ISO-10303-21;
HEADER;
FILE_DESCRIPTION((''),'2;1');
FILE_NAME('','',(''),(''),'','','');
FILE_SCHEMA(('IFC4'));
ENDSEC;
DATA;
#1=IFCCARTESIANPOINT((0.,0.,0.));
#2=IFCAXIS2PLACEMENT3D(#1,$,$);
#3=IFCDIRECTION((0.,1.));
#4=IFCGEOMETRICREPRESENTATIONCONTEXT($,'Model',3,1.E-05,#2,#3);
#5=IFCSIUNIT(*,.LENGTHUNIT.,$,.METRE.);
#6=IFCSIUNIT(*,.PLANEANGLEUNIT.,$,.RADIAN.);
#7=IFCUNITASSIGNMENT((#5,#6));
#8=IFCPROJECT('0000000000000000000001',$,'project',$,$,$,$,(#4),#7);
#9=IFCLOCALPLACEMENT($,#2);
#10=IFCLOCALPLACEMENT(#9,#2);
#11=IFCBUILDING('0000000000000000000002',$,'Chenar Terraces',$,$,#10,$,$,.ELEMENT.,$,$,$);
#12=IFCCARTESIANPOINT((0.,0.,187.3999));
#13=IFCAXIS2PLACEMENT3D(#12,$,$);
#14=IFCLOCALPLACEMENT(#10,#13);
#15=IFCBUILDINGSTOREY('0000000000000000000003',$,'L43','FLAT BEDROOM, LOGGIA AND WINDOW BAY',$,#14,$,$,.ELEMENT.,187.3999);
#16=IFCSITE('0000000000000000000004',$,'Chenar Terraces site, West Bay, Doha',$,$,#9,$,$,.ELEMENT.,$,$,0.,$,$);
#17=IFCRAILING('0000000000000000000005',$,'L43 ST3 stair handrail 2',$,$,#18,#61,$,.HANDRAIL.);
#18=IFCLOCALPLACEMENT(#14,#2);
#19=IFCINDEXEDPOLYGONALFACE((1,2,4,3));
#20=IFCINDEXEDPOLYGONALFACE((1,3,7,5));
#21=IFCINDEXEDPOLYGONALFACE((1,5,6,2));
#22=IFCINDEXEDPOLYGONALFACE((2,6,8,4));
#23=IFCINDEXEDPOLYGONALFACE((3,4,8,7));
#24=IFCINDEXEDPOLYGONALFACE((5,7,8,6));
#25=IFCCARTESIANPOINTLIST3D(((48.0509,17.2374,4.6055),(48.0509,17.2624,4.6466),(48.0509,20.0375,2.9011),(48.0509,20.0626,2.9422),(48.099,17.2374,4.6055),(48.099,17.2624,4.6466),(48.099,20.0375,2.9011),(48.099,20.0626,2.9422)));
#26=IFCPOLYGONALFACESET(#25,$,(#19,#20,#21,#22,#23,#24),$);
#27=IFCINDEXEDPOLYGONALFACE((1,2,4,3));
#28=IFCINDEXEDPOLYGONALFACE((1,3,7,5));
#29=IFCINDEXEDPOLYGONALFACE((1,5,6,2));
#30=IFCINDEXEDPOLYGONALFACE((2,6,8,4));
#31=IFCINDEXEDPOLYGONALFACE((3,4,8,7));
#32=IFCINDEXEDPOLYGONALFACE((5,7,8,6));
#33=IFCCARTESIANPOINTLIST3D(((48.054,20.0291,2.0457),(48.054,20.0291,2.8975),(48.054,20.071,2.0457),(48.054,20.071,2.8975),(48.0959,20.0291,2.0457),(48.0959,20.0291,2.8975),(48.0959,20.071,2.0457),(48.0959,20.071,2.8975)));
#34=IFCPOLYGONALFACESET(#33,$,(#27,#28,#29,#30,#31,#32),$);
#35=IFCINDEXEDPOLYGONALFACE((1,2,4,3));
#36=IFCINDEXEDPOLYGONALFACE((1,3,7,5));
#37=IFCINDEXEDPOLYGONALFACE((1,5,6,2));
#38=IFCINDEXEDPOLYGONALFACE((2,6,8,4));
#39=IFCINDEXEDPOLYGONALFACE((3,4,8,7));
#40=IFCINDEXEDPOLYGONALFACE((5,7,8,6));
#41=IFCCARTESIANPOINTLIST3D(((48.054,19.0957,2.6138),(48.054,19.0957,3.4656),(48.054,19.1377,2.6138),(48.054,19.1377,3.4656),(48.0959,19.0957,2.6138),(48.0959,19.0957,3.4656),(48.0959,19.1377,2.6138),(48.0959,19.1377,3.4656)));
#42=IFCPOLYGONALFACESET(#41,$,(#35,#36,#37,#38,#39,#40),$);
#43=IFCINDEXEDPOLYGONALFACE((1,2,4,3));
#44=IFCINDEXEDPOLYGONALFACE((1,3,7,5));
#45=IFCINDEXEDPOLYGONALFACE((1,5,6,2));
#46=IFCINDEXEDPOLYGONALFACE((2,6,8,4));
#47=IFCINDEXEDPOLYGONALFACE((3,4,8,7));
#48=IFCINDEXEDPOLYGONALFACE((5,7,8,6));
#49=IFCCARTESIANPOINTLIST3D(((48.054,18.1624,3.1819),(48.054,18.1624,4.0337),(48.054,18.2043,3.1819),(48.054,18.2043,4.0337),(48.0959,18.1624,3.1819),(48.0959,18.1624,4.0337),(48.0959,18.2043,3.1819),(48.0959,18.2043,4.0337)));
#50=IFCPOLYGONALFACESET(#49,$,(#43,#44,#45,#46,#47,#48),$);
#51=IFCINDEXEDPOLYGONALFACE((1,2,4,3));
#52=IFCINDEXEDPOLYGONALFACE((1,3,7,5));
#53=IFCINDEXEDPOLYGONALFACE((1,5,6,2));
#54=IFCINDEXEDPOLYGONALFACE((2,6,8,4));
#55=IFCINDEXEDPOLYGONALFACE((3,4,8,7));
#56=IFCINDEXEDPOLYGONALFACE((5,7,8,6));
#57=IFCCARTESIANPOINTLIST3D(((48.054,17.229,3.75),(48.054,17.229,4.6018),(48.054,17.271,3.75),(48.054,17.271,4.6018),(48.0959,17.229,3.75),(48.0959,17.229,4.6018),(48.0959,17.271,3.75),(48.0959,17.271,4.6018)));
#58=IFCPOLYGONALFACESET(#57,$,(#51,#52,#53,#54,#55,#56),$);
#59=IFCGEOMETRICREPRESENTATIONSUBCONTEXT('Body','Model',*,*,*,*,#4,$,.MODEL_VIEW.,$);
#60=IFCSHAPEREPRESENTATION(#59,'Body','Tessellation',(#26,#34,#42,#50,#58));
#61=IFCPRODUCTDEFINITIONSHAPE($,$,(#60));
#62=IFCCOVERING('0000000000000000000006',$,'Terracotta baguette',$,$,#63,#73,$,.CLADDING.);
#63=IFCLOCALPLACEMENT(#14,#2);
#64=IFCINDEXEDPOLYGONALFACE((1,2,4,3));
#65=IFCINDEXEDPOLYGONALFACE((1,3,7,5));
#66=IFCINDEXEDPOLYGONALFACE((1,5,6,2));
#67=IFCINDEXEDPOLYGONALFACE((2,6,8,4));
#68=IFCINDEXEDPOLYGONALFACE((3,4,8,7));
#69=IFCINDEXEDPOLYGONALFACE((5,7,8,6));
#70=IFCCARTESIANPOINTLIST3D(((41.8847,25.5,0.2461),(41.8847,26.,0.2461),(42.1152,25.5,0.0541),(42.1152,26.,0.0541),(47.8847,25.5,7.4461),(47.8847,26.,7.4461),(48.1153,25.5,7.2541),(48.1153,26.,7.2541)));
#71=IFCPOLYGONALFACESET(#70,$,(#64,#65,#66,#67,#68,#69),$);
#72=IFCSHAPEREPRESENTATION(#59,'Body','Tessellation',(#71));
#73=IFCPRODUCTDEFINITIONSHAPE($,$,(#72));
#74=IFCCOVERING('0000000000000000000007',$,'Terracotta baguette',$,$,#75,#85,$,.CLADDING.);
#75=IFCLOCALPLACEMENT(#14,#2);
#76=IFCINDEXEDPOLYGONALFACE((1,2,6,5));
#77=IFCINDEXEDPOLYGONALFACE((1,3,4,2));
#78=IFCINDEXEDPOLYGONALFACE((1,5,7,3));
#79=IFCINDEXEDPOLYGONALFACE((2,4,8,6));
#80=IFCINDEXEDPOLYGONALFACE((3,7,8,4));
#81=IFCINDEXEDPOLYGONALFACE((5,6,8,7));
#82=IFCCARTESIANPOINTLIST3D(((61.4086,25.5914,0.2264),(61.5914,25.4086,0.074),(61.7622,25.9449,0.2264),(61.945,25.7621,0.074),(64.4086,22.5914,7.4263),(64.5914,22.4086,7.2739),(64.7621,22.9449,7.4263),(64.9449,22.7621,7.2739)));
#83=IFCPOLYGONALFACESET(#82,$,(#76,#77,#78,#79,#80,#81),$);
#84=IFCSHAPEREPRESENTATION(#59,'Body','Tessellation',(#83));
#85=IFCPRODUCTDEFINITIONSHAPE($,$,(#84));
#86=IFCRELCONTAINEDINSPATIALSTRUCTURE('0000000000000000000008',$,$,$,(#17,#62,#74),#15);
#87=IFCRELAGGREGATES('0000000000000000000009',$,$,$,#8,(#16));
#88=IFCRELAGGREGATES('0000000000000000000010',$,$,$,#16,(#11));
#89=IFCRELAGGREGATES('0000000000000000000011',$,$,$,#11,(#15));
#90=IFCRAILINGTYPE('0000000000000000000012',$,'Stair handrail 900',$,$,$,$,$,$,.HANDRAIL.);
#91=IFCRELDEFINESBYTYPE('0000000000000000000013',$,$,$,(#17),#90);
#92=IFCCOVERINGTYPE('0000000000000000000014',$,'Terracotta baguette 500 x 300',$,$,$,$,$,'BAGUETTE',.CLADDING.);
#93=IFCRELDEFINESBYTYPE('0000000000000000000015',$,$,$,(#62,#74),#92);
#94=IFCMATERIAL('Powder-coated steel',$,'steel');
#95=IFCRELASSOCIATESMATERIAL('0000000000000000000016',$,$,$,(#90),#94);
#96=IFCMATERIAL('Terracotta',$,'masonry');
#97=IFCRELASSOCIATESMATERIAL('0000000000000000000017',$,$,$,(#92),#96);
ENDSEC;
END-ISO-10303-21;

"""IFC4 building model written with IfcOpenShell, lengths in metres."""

from ifc_helpers import new_model, si_unit, direction, frame, origin, origin_2d, place, context, subcontext, project, spatial, rectangle, extrude, material, material_profile, profile_set, type_object, element, save


model = new_model("IFC4")

# Units and contexts
model_context = context("Model", 3, precision=1e-05, world=origin(), true_north=direction((0.0, 1.0)))
body_context = subcontext(model_context, "Body", "Model", "MODEL_VIEW")
ifc_project = project(units=[si_unit("LENGTHUNIT", "METRE"), si_unit("PLANEANGLEUNIT", "RADIAN")], contexts=[model_context])

# Site, building, storey
site_placement = place(None, origin())
site = spatial("IfcSite", under=ifc_project, at=site_placement, Name="Chenar Terraces site, West Bay, Doha", CompositionType="ELEMENT", RefElevation=0.0)
building_placement = place(site_placement, origin())
building = spatial("IfcBuilding", under=site, at=building_placement, Name="Chenar Terraces", CompositionType="ELEMENT")
storey_placement = place(building_placement, frame((0.0, 0.0, 187.3999)))
storey = spatial("IfcBuildingStorey", under=building, at=storey_placement, Name="L43", Description="FLAT BEDROOM, LOGGIA AND WINDOW BAY", CompositionType="ELEMENT", Elevation=187.3999)

# Railing
ifc_material_1 = material(Name="Powder-coated steel", Category="steel")
railing_type_1 = type_object("IfcRailingType", Name="Stair handrail 900", PredefinedType="HANDRAIL", material=ifc_material_1)
railing_1_placement = place(storey_placement, frame((48.075, 20.05, 2.0457)))
element("IfcRailing", 1, at=railing_1_placement, inside=storey, type_object=railing_type_1, Name="L43 ST3 stair handrail 2", PredefinedType="HANDRAIL", context=body_context, shape_type="SweptSolid", body=[
    extrude(rectangle(XDim=0.0481, YDim=0.0481, at=origin_2d()), frame((0.0, 0.0, 0.876), z_axis=(0.0, -0.854203, 0.51994), x_axis=(1.0, 0.0, 0.0)), (0.0, 0.0, 1.0), 3.2781),
    extrude(rectangle(XDim=0.042, YDim=0.042, at=origin_2d()), origin(), (0.0, 0.0, 1.0), 0.8518),
    extrude(rectangle(XDim=0.042, YDim=0.042, at=origin_2d()), frame((0.0, -0.9333, 0.5681)), (0.0, 0.0, 1.0), 0.8518),
    extrude(rectangle(XDim=0.042, YDim=0.042, at=origin_2d()), frame((0.0, -1.8667, 1.1362)), (0.0, 0.0, 1.0), 0.8518),
    extrude(rectangle(XDim=0.042, YDim=0.042, at=origin_2d()), frame((0.0, -2.8, 1.7043)), (0.0, 0.0, 1.0), 0.8518),
])

# Coverings
ifc_material_2 = material(Name="Terracotta", Category="masonry")
ifc_material_profile_1 = material_profile(ifc_material_2, rectangle(XDim=0.5, YDim=0.3, at=origin_2d()), Name="Terracotta baguette 500 x 300")
ifc_profile_set_1 = profile_set([ifc_material_profile_1], Name="Terracotta")
covering_type = type_object("IfcCoveringType", Name="Terracotta baguette 500 x 300", ElementType="BAGUETTE", PredefinedType="CLADDING", material=ifc_profile_set_1)
covering_1_placement = place(storey_placement, frame((48.0, 25.75, 7.3501), z_axis=(-0.640187, 0.0, -0.768219), x_axis=(0.0, -1.0, 0.0)))
element("IfcCovering", 2, at=covering_1_placement, inside=storey, type_object=covering_type, Name="Terracotta baguette", PredefinedType="CLADDING", context=body_context, shape_type="SweptSolid", body=[
    extrude(rectangle(XDim=0.5, YDim=0.3, at=origin_2d()), origin(), (0.0, 0.0, 1.0), 9.3723),
])
covering_2_placement = place(storey_placement, frame((64.6768, 22.6768, 7.3501), z_axis=(-0.358981, 0.358981, -0.861548), x_axis=(-0.707107, -0.707107, 0.0)))
element("IfcCovering", 3, at=covering_2_placement, inside=storey, type_object=covering_type, Name="Terracotta baguette", PredefinedType="CLADDING", context=body_context, shape_type="SweptSolid", body=[
    extrude(rectangle(XDim=0.5, YDim=0.3, at=origin_2d()), origin(), (0.0, 0.0, 1.0), 8.3569),
])

save(model, "model.ifc")
